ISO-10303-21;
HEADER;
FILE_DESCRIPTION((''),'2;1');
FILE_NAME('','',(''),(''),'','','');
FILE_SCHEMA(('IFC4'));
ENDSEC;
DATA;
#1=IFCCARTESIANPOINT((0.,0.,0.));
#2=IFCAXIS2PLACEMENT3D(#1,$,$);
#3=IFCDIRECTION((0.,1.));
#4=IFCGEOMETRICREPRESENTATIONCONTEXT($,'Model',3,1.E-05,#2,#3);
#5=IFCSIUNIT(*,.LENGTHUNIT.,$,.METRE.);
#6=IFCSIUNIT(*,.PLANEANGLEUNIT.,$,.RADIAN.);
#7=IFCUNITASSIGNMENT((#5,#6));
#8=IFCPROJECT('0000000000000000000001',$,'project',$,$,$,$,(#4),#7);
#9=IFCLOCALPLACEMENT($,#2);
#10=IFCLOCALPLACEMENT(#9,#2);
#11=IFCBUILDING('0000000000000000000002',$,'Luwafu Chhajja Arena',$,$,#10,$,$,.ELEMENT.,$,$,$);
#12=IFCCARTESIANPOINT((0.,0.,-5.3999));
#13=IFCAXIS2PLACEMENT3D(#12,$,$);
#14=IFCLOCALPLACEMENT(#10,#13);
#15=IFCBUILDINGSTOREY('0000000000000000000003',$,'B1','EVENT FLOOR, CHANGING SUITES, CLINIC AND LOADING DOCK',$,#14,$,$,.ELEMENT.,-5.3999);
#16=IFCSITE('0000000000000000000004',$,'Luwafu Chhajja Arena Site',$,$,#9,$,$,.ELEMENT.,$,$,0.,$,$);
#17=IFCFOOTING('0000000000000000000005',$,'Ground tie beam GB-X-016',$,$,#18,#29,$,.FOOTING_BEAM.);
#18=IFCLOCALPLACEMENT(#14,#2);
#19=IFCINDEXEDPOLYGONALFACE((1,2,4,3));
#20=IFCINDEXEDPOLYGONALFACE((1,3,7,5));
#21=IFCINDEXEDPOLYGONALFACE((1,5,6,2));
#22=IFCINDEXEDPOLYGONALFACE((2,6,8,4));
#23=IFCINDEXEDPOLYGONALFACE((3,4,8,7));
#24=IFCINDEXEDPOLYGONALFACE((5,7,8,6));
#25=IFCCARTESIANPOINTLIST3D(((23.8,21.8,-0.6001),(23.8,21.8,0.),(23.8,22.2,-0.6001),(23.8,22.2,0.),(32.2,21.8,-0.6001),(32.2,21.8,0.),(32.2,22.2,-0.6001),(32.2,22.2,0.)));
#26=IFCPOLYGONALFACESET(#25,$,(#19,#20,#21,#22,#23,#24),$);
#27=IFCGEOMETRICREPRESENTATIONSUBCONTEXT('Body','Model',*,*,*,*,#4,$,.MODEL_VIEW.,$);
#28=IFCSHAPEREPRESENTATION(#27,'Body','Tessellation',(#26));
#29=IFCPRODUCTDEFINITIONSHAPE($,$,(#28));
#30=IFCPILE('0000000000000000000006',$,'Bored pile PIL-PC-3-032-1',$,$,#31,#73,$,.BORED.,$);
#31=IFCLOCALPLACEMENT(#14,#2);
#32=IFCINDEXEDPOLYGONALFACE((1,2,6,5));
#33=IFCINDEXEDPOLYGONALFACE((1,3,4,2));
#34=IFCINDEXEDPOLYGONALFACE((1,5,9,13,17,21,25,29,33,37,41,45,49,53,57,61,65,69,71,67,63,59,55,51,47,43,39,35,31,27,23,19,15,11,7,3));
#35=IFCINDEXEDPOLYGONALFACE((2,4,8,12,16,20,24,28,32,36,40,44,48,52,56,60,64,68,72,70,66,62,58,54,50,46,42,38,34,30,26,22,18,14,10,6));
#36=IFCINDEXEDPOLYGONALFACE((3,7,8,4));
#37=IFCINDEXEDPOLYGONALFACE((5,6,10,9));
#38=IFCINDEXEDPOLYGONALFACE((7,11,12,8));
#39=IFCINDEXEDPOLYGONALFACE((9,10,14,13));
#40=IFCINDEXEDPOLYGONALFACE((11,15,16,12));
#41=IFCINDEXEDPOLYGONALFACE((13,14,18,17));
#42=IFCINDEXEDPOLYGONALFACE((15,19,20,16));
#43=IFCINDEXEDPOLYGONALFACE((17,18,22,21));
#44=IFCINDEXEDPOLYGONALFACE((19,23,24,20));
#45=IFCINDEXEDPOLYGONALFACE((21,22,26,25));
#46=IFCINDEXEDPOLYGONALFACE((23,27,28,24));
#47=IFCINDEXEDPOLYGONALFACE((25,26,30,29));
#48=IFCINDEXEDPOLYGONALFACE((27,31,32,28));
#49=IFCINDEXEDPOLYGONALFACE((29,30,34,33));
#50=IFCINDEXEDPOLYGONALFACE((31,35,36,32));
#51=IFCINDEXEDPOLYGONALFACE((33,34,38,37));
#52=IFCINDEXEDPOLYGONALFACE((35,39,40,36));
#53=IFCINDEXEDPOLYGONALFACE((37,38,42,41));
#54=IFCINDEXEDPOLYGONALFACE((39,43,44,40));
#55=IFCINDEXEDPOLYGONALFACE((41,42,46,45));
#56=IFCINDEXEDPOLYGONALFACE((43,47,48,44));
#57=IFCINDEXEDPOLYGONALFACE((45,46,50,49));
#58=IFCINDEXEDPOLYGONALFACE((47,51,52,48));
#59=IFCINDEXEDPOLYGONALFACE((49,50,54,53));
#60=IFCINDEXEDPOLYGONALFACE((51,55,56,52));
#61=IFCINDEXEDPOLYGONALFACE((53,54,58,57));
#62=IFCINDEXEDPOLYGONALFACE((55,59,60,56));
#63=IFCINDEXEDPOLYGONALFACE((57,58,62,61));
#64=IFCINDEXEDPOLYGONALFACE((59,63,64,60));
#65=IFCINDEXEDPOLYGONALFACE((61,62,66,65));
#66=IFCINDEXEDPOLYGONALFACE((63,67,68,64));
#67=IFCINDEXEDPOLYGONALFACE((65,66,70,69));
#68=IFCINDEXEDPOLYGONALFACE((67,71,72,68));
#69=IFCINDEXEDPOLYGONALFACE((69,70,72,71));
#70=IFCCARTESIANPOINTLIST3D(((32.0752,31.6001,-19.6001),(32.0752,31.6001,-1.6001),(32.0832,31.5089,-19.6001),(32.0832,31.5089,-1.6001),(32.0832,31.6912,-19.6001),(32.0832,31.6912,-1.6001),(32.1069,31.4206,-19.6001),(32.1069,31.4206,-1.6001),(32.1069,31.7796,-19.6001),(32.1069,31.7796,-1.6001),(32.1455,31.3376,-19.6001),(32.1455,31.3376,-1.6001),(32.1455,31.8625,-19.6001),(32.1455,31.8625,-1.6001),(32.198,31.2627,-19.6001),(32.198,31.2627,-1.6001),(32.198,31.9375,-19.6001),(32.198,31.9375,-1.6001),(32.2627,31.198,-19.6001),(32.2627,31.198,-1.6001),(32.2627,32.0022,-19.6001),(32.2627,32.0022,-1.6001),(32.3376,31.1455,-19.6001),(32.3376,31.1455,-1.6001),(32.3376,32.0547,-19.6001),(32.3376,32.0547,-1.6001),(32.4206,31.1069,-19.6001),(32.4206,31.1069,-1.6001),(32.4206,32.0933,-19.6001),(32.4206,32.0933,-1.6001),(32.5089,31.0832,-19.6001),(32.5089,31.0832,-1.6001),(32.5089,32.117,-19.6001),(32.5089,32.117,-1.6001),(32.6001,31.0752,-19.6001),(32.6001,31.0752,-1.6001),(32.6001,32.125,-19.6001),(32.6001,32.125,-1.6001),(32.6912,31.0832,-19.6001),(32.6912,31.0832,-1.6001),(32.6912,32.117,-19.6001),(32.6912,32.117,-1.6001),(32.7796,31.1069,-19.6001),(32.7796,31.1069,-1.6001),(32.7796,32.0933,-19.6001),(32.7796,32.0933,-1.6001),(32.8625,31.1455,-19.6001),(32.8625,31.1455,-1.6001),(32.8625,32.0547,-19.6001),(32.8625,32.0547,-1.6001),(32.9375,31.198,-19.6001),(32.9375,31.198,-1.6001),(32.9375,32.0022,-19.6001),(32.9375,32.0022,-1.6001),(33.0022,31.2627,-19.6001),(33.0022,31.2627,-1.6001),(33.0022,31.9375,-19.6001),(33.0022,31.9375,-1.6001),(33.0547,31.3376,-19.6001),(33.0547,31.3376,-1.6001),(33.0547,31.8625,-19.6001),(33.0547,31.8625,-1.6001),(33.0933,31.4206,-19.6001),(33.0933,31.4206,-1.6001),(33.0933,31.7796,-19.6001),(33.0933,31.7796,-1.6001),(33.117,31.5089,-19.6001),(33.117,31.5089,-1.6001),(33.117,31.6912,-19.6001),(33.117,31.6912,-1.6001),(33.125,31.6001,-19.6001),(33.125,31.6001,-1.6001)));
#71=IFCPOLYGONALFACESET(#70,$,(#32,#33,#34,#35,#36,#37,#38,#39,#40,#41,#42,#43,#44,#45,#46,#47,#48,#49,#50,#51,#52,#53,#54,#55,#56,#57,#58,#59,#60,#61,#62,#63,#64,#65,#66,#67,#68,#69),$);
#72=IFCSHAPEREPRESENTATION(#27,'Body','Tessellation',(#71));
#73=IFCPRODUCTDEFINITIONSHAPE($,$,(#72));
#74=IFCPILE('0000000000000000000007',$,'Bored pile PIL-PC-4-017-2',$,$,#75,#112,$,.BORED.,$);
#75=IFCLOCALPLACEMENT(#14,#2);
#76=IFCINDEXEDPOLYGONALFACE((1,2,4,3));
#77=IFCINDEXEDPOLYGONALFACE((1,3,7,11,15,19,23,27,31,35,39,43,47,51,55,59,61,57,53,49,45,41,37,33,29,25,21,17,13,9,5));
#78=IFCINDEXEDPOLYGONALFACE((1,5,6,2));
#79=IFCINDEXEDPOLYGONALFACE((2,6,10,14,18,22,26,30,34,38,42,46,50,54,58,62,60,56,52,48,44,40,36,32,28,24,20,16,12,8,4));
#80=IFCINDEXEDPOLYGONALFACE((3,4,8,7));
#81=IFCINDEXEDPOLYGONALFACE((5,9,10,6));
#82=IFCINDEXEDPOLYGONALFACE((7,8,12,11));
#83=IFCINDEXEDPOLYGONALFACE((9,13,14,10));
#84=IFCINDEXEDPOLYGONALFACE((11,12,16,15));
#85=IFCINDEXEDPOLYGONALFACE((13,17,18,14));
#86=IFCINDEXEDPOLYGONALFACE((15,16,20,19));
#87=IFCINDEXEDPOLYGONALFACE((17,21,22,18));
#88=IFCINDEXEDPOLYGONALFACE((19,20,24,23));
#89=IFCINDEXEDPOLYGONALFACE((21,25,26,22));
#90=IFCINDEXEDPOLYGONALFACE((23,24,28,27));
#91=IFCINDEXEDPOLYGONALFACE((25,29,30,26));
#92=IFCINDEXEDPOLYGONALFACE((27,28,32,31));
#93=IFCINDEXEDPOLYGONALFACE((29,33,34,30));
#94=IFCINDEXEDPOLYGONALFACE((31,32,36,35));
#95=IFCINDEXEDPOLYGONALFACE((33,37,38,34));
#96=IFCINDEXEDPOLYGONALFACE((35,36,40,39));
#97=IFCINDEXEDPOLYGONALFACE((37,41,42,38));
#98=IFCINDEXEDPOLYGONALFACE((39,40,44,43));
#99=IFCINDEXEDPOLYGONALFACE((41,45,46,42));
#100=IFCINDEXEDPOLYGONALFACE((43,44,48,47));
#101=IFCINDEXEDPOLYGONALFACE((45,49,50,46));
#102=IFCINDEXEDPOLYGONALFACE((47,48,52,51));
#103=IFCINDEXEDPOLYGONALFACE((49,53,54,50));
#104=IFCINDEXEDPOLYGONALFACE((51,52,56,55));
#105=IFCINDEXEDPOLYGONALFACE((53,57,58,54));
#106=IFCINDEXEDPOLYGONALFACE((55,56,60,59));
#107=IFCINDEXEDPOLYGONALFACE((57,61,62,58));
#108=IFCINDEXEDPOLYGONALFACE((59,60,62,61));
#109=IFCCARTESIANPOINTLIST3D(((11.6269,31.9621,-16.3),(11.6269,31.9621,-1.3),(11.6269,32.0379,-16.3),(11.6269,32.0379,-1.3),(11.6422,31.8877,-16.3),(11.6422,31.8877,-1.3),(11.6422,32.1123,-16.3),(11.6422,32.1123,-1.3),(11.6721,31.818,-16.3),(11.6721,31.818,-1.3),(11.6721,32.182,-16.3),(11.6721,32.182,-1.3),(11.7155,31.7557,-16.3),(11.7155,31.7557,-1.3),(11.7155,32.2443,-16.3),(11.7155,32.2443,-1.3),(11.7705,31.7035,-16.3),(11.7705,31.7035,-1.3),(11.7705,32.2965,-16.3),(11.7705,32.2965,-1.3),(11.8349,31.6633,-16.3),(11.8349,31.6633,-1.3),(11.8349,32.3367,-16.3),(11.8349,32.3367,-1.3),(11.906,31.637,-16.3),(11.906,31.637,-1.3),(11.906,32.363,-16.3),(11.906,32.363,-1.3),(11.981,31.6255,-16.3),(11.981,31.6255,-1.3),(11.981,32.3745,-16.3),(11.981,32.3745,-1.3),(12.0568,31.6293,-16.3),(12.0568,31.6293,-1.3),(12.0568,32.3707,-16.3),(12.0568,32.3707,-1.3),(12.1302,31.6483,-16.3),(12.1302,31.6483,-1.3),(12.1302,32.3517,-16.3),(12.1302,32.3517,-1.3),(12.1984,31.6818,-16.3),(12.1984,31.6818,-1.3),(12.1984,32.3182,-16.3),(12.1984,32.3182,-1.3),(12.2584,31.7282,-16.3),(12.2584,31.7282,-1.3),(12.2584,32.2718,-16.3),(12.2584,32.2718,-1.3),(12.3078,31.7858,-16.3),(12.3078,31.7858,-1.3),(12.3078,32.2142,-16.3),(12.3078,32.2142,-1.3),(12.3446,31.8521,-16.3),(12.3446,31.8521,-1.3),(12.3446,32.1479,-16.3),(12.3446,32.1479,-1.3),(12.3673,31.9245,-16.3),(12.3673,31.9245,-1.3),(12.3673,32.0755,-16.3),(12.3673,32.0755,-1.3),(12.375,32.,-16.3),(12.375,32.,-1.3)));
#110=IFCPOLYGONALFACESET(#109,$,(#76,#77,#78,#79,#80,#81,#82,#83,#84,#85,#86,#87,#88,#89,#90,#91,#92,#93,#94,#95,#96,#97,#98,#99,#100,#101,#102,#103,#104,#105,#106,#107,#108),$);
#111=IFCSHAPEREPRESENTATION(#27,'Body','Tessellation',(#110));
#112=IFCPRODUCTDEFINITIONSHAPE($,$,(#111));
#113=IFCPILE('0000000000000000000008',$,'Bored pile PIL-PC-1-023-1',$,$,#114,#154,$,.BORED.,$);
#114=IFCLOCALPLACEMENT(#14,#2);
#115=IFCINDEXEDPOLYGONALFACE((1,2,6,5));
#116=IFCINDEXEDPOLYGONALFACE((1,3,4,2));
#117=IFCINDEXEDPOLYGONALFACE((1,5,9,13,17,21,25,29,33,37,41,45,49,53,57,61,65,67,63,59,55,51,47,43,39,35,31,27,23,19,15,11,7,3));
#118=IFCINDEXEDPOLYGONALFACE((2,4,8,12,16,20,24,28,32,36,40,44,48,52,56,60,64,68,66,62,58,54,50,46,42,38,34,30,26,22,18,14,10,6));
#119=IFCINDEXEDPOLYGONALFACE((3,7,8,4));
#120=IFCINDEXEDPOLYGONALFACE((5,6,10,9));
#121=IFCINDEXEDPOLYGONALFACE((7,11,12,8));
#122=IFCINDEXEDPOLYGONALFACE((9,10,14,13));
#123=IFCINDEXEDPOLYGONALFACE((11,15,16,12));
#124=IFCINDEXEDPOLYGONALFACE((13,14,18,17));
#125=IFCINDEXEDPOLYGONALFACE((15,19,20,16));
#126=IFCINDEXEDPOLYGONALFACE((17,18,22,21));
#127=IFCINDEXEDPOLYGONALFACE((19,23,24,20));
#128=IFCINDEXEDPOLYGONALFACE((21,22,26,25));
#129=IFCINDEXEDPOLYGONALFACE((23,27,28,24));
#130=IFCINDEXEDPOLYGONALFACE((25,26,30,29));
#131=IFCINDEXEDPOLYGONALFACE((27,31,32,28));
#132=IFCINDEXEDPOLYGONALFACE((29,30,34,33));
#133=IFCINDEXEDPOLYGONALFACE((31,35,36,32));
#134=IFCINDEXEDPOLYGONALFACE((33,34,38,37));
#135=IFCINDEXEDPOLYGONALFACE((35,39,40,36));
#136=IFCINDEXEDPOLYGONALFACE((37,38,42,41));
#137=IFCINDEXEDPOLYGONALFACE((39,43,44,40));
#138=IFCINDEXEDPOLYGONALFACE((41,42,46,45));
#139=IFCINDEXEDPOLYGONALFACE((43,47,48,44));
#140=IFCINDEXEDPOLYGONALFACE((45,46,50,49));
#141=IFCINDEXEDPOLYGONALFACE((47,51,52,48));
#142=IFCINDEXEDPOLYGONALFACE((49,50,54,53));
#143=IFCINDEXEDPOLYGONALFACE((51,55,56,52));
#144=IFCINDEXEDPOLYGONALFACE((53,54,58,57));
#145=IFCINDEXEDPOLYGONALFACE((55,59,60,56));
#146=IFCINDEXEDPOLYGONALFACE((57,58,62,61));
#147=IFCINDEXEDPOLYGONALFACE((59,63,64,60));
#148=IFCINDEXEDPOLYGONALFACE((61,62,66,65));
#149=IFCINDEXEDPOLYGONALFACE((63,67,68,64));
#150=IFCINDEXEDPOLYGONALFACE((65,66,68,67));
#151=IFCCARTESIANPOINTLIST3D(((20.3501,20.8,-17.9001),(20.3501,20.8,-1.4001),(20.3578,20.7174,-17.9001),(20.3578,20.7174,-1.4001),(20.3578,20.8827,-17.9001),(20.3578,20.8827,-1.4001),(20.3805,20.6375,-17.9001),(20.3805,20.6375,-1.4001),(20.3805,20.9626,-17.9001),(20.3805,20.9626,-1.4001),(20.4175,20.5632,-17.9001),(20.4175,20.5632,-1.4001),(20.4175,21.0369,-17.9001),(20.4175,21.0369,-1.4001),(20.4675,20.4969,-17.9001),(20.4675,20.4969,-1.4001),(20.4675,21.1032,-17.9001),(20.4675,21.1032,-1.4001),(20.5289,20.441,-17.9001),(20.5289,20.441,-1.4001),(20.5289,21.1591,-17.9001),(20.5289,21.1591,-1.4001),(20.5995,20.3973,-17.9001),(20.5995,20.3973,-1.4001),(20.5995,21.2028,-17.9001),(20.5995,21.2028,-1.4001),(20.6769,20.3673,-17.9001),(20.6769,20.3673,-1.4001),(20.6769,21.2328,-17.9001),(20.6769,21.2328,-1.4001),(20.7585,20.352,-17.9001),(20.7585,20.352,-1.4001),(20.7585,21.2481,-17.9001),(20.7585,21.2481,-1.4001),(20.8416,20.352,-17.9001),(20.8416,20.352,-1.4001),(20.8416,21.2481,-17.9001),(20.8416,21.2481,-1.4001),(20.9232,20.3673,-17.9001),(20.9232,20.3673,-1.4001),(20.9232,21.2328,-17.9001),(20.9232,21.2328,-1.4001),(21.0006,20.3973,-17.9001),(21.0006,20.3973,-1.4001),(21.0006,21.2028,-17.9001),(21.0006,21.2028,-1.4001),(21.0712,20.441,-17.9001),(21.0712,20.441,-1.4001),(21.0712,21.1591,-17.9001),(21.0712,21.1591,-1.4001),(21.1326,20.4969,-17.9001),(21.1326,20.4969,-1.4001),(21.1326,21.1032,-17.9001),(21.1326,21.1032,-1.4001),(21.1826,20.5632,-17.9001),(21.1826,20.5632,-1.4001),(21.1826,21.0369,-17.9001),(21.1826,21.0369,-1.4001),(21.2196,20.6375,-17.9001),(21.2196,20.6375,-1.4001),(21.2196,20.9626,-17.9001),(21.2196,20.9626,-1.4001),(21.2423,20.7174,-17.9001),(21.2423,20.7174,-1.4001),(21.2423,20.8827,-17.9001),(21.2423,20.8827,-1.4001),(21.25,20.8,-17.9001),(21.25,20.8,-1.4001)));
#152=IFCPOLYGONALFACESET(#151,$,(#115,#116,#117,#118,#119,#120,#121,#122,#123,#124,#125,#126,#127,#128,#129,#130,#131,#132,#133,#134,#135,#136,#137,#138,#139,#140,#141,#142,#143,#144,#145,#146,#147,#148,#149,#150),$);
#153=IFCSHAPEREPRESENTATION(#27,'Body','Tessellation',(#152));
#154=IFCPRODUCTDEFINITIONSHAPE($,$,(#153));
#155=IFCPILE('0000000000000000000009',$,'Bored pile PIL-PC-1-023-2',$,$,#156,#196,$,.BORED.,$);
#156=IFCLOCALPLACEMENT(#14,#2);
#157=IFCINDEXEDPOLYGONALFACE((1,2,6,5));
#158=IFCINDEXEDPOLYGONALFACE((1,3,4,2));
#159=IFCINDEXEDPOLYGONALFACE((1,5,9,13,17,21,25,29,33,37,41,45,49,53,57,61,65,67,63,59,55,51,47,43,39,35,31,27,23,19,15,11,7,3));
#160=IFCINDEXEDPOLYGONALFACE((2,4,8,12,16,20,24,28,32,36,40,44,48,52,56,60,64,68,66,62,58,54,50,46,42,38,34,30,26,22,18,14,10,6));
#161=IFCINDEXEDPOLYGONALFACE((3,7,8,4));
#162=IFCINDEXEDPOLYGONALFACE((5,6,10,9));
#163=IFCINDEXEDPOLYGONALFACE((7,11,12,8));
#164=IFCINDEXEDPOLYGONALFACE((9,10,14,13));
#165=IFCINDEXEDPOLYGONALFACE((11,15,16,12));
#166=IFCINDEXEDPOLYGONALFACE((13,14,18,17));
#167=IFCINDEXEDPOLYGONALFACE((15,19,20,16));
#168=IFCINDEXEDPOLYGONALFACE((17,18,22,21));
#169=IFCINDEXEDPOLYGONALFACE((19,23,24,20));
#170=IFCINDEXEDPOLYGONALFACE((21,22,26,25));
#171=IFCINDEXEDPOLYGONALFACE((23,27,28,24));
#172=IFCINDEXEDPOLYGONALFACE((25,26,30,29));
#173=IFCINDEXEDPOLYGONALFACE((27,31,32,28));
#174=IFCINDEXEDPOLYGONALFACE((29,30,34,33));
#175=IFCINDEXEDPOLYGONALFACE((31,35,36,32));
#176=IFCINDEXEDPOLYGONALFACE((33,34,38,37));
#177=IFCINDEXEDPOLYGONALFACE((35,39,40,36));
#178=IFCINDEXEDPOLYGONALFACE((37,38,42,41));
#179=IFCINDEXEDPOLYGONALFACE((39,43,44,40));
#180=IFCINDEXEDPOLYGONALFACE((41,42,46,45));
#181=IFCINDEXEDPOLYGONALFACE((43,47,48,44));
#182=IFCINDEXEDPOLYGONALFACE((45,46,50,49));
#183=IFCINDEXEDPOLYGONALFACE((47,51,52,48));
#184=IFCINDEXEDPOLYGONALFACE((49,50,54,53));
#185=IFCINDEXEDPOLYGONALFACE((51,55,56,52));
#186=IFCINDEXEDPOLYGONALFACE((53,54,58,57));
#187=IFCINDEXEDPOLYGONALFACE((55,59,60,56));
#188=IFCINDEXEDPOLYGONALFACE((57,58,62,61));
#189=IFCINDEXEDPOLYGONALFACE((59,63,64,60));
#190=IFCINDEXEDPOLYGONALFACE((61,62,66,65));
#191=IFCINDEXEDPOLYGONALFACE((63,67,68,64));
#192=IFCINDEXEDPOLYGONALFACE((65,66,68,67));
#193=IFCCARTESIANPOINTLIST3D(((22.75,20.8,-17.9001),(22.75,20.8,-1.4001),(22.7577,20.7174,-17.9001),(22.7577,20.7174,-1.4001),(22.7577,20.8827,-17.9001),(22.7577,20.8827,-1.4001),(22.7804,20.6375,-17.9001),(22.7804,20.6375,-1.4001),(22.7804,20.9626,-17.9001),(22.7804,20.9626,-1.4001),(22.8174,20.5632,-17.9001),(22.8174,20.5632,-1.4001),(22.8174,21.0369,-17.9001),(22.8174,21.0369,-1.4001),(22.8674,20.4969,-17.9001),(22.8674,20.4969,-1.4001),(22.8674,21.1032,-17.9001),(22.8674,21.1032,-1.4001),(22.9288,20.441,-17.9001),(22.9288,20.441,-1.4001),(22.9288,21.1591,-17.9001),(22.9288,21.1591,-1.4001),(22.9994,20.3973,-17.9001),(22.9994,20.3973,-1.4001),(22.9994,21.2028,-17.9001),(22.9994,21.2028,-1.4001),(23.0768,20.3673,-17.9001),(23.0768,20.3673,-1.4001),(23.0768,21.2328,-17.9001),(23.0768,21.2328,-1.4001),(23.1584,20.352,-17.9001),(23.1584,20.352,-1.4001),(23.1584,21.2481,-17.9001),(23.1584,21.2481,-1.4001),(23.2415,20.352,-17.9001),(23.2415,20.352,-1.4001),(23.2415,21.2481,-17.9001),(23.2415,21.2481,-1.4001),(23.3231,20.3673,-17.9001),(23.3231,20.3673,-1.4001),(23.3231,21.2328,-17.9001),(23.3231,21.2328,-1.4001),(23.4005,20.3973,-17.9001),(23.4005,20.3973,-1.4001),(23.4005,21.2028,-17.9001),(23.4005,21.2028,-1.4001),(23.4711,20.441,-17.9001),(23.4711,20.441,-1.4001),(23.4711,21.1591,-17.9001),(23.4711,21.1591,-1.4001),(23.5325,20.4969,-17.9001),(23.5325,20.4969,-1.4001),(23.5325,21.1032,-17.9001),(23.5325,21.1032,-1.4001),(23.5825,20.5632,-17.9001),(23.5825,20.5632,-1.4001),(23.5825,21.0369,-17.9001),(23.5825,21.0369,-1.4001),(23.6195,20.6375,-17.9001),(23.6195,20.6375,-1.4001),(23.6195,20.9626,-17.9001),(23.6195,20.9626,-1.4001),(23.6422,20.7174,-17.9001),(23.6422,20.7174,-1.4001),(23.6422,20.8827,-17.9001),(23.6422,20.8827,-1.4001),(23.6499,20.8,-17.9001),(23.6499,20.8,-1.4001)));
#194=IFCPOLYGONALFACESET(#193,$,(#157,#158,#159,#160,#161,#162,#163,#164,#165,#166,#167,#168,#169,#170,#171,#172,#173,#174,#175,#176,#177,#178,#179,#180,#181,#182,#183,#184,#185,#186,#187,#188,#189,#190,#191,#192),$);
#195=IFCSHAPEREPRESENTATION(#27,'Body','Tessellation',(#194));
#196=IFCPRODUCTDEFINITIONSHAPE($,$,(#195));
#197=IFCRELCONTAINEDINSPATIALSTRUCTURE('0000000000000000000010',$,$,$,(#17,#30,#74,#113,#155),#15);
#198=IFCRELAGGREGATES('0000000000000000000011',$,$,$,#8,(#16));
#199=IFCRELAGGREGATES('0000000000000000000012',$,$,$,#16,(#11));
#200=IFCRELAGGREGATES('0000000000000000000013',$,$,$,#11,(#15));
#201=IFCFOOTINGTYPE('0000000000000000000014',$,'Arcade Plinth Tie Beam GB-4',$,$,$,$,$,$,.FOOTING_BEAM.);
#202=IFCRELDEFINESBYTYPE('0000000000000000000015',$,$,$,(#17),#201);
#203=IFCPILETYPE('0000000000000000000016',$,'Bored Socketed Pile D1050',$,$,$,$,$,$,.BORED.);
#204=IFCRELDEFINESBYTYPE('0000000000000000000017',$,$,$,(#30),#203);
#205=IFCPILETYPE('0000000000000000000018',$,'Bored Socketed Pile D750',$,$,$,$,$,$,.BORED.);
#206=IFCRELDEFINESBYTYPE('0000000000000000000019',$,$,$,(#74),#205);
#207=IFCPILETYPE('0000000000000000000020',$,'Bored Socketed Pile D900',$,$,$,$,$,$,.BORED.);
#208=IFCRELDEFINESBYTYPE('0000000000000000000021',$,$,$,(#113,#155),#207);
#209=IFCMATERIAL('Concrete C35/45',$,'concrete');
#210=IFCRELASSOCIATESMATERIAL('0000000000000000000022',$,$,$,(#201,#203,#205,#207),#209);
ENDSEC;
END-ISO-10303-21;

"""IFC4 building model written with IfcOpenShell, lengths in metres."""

from ifc_helpers import new_model, si_unit, direction, frame, origin, origin_2d, place, context, subcontext, project, spatial, rectangle, circle, extrude, material, material_profile, profile_set, type_object, element, save


model = new_model("IFC4")

# Units and contexts
model_context = context("Model", 3, precision=1e-05, world=origin(), true_north=direction((0.0, 1.0)))
body_context = subcontext(model_context, "Body", "Model", "MODEL_VIEW")
ifc_project = project(units=[si_unit("LENGTHUNIT", "METRE"), si_unit("PLANEANGLEUNIT", "RADIAN")], contexts=[model_context])

# Site, building, storey
site_placement = place(None, origin())
site = spatial("IfcSite", under=ifc_project, at=site_placement, Name="Luwafu Chhajja Arena Site", CompositionType="ELEMENT", RefElevation=0.0)
building_placement = place(site_placement, origin())
building = spatial("IfcBuilding", under=site, at=building_placement, Name="Luwafu Chhajja Arena", CompositionType="ELEMENT")
storey_placement = place(building_placement, frame((0.0, 0.0, -5.3999)))
storey = spatial("IfcBuildingStorey", under=building, at=storey_placement, Name="B1", Description="EVENT FLOOR, CHANGING SUITES, CLINIC AND LOADING DOCK", CompositionType="ELEMENT", Elevation=-5.3999)

# Footing
ifc_material_1 = material(Name="Concrete C35/45", Category="concrete")
ifc_material_profile_1 = material_profile(ifc_material_1, rectangle(XDim=0.3999, YDim=0.6001, at=origin_2d()), Name="RC 400x600")
ifc_profile_set_1 = profile_set([ifc_material_profile_1], Name="Concrete C35/45")
footing_type_1 = type_object("IfcFootingType", Name="Arcade Plinth Tie Beam GB-4", PredefinedType="FOOTING_BEAM", material=ifc_profile_set_1)
footing_placement = place(storey_placement, frame((23.8, 22.0, -0.3), z_axis=(1.0, 0.0, 0.0), x_axis=(0.0, 1.0, 0.0)))
element("IfcFooting", 1, at=footing_placement, inside=storey, type_object=footing_type_1, Name="Ground tie beam GB-X-016", PredefinedType="FOOTING_BEAM", context=body_context, shape_type="SweptSolid", body=[
    extrude(rectangle(XDim=0.3999, YDim=0.6001, at=origin_2d()), origin(), (0.0, 0.0, 1.0), 8.3999),
])

# Piles
ifc_material_profile_2 = material_profile(ifc_material_1, circle(Radius=0.5249, at=origin_2d()), Name="PILE D1050")
ifc_profile_set_2 = profile_set([ifc_material_profile_2], Name="Concrete C35/45")
pile_type_1 = type_object("IfcPileType", Name="Bored Socketed Pile D1050", PredefinedType="BORED", material=ifc_profile_set_2)
pile_1_placement = place(storey_placement, frame((32.6001, 31.6001, -1.6001), z_axis=(0.0, 0.0, -1.0), x_axis=(1.0, 0.0, 0.0)))
element("IfcPile", 2, at=pile_1_placement, inside=storey, type_object=pile_type_1, Name="Bored pile PIL-PC-3-032-1", PredefinedType="BORED", context=body_context, shape_type="SweptSolid", body=[
    extrude(circle(Radius=0.5249, at=origin_2d()), origin(), (0.0, 0.0, 1.0), 18.0),
])
ifc_material_profile_3 = material_profile(ifc_material_1, circle(Radius=0.375, at=origin_2d()), Name="PILE D750")
ifc_profile_set_3 = profile_set([ifc_material_profile_3], Name="Concrete C35/45")
pile_type_2 = type_object("IfcPileType", Name="Bored Socketed Pile D750", PredefinedType="BORED", material=ifc_profile_set_3)
pile_2_placement = place(storey_placement, frame((12.0, 32.0, -1.3), z_axis=(0.0, 0.0, -1.0), x_axis=(1.0, 0.0, 0.0)))
element("IfcPile", 3, at=pile_2_placement, inside=storey, type_object=pile_type_2, Name="Bored pile PIL-PC-4-017-2", PredefinedType="BORED", context=body_context, shape_type="SweptSolid", body=[
    extrude(circle(Radius=0.375, at=origin_2d()), origin(), (0.0, 0.0, 1.0), 15.0),
])
ifc_material_profile_4 = material_profile(ifc_material_1, circle(Radius=0.45, at=origin_2d()), Name="PILE D900")
ifc_profile_set_4 = profile_set([ifc_material_profile_4], Name="Concrete C35/45")
pile_type_3 = type_object("IfcPileType", Name="Bored Socketed Pile D900", PredefinedType="BORED", material=ifc_profile_set_4)
for number, where, z_axis, x_axis, name in (
    (4, (20.8, 20.8, -1.4001), (0.0, 0.0, -1.0), (1.0, 0.0, 0.0), "Bored pile PIL-PC-1-023-1"),
    (5, (23.2, 20.8, -1.4001), (0.0, 0.0, -1.0), (1.0, 0.0, 0.0), "Bored pile PIL-PC-1-023-2"),
):
    element("IfcPile", number, at=place(storey_placement, frame(where, z_axis=z_axis, x_axis=x_axis)), inside=storey, type_object=pile_type_3, Name=name, PredefinedType="BORED", context=body_context, shape_type="SweptSolid", body=[
        extrude(circle(Radius=0.45, at=origin_2d()), origin(), (0.0, 0.0, 1.0), 16.5),
    ])

save(model, "model.ifc")
